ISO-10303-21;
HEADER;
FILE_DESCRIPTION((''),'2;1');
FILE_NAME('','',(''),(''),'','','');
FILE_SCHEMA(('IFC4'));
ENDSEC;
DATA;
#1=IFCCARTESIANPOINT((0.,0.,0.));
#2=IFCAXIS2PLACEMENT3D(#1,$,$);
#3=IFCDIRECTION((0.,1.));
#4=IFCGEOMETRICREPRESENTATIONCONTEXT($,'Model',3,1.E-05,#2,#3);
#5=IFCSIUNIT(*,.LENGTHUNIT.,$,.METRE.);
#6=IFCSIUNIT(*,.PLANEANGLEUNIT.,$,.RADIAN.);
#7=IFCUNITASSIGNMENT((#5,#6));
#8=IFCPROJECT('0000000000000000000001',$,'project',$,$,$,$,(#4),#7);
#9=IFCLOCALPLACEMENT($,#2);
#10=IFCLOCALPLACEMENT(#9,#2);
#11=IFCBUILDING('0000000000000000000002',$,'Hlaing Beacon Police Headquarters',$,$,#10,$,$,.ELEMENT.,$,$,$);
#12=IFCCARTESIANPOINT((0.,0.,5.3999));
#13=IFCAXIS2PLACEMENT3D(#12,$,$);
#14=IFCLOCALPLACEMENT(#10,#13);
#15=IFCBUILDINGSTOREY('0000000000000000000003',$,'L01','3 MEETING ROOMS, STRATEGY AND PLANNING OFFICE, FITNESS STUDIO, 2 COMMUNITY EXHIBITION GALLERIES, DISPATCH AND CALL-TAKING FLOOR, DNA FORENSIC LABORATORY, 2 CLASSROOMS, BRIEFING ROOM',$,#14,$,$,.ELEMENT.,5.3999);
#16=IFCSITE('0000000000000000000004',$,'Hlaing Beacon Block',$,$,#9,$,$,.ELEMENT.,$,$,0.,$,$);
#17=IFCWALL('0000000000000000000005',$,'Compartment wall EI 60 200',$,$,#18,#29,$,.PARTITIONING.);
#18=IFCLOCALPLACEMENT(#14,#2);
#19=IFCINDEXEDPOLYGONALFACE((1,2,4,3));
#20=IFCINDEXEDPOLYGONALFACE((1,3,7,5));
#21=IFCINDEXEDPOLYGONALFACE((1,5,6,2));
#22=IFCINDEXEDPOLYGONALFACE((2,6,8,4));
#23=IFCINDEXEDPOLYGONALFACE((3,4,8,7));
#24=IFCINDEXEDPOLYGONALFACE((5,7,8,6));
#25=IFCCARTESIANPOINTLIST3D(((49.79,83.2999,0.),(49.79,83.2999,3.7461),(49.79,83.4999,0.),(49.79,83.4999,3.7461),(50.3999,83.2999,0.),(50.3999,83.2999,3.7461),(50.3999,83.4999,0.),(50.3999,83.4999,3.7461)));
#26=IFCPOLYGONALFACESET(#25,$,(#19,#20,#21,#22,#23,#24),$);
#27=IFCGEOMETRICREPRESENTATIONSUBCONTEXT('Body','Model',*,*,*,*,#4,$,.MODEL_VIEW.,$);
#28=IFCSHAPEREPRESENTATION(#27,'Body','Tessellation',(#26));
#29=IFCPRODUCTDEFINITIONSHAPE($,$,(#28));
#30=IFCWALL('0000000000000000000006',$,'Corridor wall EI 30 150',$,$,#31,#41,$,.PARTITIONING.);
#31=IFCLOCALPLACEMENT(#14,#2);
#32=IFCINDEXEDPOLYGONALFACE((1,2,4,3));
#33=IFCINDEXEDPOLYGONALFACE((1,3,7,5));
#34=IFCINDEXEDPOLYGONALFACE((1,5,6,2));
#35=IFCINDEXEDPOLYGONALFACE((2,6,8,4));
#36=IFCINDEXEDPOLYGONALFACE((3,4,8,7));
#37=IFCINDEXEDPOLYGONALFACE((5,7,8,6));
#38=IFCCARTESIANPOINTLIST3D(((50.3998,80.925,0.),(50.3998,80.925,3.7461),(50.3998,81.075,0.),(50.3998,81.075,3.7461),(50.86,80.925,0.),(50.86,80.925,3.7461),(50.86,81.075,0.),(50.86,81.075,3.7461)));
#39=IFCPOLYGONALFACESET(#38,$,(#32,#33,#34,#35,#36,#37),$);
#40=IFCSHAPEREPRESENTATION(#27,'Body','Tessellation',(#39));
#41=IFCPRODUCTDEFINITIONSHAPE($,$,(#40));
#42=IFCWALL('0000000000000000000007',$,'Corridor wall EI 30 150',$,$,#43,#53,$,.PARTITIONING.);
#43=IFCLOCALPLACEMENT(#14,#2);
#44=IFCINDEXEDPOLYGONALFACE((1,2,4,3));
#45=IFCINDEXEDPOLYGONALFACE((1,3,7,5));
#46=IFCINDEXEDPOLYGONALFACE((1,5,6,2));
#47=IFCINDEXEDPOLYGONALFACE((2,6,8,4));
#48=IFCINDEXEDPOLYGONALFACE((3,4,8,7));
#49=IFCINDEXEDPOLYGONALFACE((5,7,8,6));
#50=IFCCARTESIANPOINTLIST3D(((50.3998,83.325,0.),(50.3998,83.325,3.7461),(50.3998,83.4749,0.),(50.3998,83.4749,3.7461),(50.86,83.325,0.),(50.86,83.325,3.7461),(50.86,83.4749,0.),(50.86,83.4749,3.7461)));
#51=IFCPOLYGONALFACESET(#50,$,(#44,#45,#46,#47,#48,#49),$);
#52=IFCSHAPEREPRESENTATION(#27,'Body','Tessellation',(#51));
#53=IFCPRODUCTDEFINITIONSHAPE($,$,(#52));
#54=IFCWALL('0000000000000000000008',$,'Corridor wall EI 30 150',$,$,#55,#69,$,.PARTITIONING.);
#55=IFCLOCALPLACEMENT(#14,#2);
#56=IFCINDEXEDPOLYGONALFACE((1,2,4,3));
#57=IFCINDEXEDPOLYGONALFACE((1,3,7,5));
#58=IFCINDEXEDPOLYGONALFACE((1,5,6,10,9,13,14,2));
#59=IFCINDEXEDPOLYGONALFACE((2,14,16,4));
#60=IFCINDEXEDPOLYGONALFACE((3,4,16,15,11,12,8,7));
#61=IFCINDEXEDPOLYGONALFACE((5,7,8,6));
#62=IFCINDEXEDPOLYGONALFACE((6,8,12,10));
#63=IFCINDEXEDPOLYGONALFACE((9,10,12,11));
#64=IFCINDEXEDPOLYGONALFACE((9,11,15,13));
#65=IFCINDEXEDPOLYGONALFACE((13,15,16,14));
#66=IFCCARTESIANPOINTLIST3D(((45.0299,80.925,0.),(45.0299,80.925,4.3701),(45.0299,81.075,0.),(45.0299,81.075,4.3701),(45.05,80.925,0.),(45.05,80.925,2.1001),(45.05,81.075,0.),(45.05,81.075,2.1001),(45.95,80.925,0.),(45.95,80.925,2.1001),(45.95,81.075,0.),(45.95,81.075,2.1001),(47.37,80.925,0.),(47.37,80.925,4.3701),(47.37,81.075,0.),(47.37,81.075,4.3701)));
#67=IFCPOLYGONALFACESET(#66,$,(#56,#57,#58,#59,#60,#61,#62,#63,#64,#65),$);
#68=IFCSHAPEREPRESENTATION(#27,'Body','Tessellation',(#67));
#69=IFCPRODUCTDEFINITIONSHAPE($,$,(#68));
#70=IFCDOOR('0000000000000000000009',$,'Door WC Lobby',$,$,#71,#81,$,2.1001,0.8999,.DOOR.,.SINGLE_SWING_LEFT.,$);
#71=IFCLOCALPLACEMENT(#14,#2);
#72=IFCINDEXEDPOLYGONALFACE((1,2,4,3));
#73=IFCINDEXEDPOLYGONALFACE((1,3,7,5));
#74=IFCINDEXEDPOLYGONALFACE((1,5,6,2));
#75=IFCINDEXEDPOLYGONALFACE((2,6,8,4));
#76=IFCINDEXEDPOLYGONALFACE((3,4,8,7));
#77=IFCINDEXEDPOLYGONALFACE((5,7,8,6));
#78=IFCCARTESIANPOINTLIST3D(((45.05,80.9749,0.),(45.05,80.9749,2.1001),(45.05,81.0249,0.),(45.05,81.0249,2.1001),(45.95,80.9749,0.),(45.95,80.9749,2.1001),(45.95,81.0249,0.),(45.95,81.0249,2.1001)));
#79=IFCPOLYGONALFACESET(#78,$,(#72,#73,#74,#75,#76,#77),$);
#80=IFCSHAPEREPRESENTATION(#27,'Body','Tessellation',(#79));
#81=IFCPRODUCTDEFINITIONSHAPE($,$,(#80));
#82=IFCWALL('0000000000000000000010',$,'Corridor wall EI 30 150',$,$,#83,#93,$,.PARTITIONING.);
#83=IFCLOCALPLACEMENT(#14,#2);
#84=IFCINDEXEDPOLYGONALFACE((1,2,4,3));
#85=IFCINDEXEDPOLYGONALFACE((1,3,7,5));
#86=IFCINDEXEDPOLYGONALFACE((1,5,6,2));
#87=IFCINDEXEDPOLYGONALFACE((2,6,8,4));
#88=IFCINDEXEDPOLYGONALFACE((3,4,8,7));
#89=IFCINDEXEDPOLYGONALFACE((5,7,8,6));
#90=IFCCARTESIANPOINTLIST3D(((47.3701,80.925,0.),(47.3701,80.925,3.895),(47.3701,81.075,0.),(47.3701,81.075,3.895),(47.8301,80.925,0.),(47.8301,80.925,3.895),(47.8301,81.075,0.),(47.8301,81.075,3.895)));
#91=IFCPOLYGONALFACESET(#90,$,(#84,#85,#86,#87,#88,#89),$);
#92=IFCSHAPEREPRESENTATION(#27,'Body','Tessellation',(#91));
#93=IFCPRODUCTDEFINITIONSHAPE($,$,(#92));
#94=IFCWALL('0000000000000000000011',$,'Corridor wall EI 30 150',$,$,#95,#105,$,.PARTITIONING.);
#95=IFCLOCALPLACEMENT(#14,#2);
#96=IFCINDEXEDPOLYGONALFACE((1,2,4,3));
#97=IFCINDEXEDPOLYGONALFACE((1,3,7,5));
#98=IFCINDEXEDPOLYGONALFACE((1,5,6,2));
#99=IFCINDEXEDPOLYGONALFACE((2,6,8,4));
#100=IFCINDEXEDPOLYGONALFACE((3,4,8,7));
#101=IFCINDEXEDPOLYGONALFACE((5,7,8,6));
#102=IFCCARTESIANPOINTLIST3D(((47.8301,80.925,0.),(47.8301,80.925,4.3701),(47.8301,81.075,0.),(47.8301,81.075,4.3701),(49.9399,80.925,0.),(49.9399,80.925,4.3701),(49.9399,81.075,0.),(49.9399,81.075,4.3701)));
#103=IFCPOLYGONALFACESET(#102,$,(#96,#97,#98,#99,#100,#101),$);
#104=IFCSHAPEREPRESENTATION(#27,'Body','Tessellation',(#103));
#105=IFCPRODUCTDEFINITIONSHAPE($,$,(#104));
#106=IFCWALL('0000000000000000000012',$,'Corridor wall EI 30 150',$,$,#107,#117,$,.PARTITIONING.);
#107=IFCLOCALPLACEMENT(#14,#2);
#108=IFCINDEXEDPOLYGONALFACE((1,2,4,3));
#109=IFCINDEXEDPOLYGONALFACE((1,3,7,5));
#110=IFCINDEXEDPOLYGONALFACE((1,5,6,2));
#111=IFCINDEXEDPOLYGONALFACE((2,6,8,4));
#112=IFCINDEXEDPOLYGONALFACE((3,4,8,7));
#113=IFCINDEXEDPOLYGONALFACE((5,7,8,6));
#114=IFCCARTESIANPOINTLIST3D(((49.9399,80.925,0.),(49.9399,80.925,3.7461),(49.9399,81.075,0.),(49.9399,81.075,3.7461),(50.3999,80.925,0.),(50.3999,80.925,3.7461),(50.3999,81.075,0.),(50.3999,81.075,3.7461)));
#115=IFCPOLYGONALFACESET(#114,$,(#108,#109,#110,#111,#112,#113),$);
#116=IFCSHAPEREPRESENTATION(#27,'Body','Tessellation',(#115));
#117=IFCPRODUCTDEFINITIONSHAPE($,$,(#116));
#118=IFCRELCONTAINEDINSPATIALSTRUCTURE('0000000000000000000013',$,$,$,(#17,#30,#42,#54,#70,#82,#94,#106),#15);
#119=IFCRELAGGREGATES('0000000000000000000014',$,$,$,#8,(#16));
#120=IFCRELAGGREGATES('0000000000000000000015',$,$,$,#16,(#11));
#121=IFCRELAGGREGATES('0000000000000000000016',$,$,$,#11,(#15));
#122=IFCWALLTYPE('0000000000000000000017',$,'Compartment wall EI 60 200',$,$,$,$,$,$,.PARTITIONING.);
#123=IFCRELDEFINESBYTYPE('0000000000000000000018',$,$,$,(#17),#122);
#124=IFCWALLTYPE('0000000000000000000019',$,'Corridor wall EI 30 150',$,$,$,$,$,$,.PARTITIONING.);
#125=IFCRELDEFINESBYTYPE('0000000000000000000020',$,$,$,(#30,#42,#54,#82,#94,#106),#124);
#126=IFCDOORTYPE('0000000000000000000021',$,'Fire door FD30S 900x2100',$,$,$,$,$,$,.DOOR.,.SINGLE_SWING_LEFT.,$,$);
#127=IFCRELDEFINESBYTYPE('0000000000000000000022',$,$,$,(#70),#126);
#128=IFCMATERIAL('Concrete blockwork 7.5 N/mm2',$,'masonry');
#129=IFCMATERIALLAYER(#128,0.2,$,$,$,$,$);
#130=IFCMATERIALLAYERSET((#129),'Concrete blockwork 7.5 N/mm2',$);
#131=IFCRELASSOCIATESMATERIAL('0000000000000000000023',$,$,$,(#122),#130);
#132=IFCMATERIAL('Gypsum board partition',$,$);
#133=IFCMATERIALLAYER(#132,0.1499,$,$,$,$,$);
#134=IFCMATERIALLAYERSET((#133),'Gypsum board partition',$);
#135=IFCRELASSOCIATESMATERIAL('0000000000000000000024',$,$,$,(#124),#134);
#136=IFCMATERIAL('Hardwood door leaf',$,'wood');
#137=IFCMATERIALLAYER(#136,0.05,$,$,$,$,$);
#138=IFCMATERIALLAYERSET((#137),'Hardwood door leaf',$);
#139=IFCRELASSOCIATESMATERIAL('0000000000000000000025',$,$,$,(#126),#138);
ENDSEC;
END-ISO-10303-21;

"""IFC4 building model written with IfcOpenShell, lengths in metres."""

from ifc_helpers import new_model, si_unit, direction, frame, frame_2d, origin, place, context, subcontext, project, spatial, rectangle, extrude, material, layer, layer_set, type_object, element, fill, save


model = new_model("IFC4")

# Units and contexts
model_context = context("Model", 3, precision=1e-05, world=origin(), true_north=direction((0.0, 1.0)))
body_context = subcontext(model_context, "Body", "Model", "MODEL_VIEW")
ifc_project = project(units=[si_unit("LENGTHUNIT", "METRE"), si_unit("PLANEANGLEUNIT", "RADIAN")], contexts=[model_context])

# Site, building, storey
site_placement = place(None, origin())
site = spatial("IfcSite", under=ifc_project, at=site_placement, Name="Hlaing Beacon Block", CompositionType="ELEMENT", RefElevation=0.0)
building_placement = place(site_placement, origin())
building = spatial("IfcBuilding", under=site, at=building_placement, Name="Hlaing Beacon Police Headquarters", CompositionType="ELEMENT")
storey_placement = place(building_placement, frame((0.0, 0.0, 5.3999)))
storey = spatial("IfcBuildingStorey", under=building, at=storey_placement, Name="L01", Description="3 MEETING ROOMS, STRATEGY AND PLANNING OFFICE, FITNESS STUDIO, 2 COMMUNITY EXHIBITION GALLERIES, DISPATCH AND CALL-TAKING FLOOR, DNA FORENSIC LABORATORY, 2 CLASSROOMS, BRIEFING ROOM", CompositionType="ELEMENT", Elevation=5.3999)

# Shared definitions
ifc_material_1 = material(Name="Concrete blockwork 7.5 N/mm2", Category="masonry")
ifc_layer_1 = layer(ifc_material_1, 0.2)
ifc_layer_set_1 = layer_set([ifc_layer_1], Name="Concrete blockwork 7.5 N/mm2")
wall_type_1 = type_object("IfcWallType", Name="Compartment wall EI 60 200", PredefinedType="PARTITIONING", material=ifc_layer_set_1)

# Walls
wall_1_placement = place(storey_placement, frame((49.79, 83.3999, 0.0), z_axis=(0.0, 0.0, 1.0), x_axis=(1.0, 0.0, 0.0)))
element("IfcWall", 1, at=wall_1_placement, inside=storey, type_object=wall_type_1, Name="Compartment wall EI 60 200", PredefinedType="PARTITIONING", context=body_context, shape_type="SweptSolid", body=[
    extrude(rectangle(XDim=0.6099, YDim=0.2, at=frame_2d((0.3049, 0.0))), origin(), (0.0, 0.0, 1.0), 3.7461),
])
ifc_material_2 = material(Name="Gypsum board partition")
ifc_layer_2 = layer(ifc_material_2, 0.1499)
ifc_layer_set_2 = layer_set([ifc_layer_2], Name="Gypsum board partition")
wall_type_2 = type_object("IfcWallType", Name="Corridor wall EI 30 150", PredefinedType="PARTITIONING", material=ifc_layer_set_2)
for number, where, z_axis, x_axis, name in (
    (2, (50.3999, 81.0, 0.0), (0.0, 0.0, 1.0), (1.0, 0.0, 0.0), "Corridor wall EI 30 150"),
    (3, (50.3999, 83.3999, 0.0), (0.0, 0.0, 1.0), (1.0, 0.0, 0.0), "Corridor wall EI 30 150"),
):
    element("IfcWall", number, at=place(storey_placement, frame(where, z_axis=z_axis, x_axis=x_axis)), inside=storey, type_object=wall_type_2, Name=name, PredefinedType="PARTITIONING", context=body_context, shape_type="SweptSolid", body=[
        extrude(rectangle(XDim=0.4602, YDim=0.1499, at=frame_2d((0.23, 0.0))), origin(), (0.0, 0.0, 1.0), 3.7461),
    ])

# Wall, opening, door
wall_2_placement = place(storey_placement, frame((45.03, 81.0, 0.0), z_axis=(0.0, 0.0, 1.0), x_axis=(1.0, 0.0, 0.0)))
wall_2 = element("IfcWall", 4, at=wall_2_placement, inside=storey, type_object=wall_type_2, Name="Corridor wall EI 30 150", PredefinedType="PARTITIONING", context=body_context, shape_type="SweptSolid", body=[
    extrude(rectangle(XDim=2.3401, YDim=0.1499, at=frame_2d((1.1699, 0.0))), origin(), (0.0, 0.0, 1.0), 4.3701),
])
opening_1_placement = place(wall_2_placement, frame((0.02, 0.0, 0.0)))
opening_1 = element("IfcOpeningElement", 5, at=opening_1_placement, cuts=wall_2, PredefinedType="OPENING", context=body_context, shape_type="SweptSolid", body=[
    extrude(rectangle(XDim=0.8999, YDim=2.1001, at=frame_2d((0.45, 1.05))), frame((0.0, 0.085, 0.0), z_axis=(0.0, -1.0, 0.0), x_axis=(1.0, 0.0, 0.0)), (0.0, 0.0, 1.0), 0.1699),
])
ifc_material_3 = material(Name="Hardwood door leaf", Category="wood")
ifc_layer_3 = layer(ifc_material_3, 0.05)
ifc_layer_set_3 = layer_set([ifc_layer_3], Name="Hardwood door leaf")
door_type_1 = type_object("IfcDoorType", Name="Fire door FD30S 900x2100", OperationType="SINGLE_SWING_LEFT", PredefinedType="DOOR", material=ifc_layer_set_3)
door_1_placement = place(opening_1_placement, frame((0.8999, 0.0, 0.0), z_axis=(0.0, 0.0, 1.0), x_axis=(-1.0, 0.0, 0.0)))
door_1 = element("IfcDoor", 6, at=door_1_placement, inside=storey, type_object=door_type_1, Name="Door WC Lobby", OperationType="SINGLE_SWING_LEFT", OverallHeight=2.1001, OverallWidth=0.8999, PredefinedType="DOOR", context=body_context, shape_type="SweptSolid", body=[
    extrude(rectangle(XDim=0.8999, YDim=2.1001, at=frame_2d((0.45, 1.05))), frame((0.0, 0.0251, 0.0), z_axis=(0.0, -1.0, 0.0), x_axis=(1.0, 0.0, 0.0)), (0.0, 0.0, 1.0), 0.05),
])
fill(opening_1, door_1)

# Walls
wall_3_placement = place(storey_placement, frame((47.3701, 81.0, 0.0), z_axis=(0.0, 0.0, 1.0), x_axis=(1.0, 0.0, 0.0)))
element("IfcWall", 7, at=wall_3_placement, inside=storey, type_object=wall_type_2, Name="Corridor wall EI 30 150", PredefinedType="PARTITIONING", context=body_context, shape_type="SweptSolid", body=[
    extrude(rectangle(XDim=0.46, YDim=0.1499, at=frame_2d((0.23, 0.0))), origin(), (0.0, 0.0, 1.0), 3.895),
])
wall_4_placement = place(storey_placement, frame((47.8301, 81.0, 0.0), z_axis=(0.0, 0.0, 1.0), x_axis=(1.0, 0.0, 0.0)))
element("IfcWall", 8, at=wall_4_placement, inside=storey, type_object=wall_type_2, Name="Corridor wall EI 30 150", PredefinedType="PARTITIONING", context=body_context, shape_type="SweptSolid", body=[
    extrude(rectangle(XDim=2.1099, YDim=0.1499, at=frame_2d((1.0549, 0.0))), origin(), (0.0, 0.0, 1.0), 4.3701),
])
wall_5_placement = place(storey_placement, frame((49.9399, 81.0, 0.0), z_axis=(0.0, 0.0, 1.0), x_axis=(1.0, 0.0, 0.0)))
element("IfcWall", 9, at=wall_5_placement, inside=storey, type_object=wall_type_2, Name="Corridor wall EI 30 150", PredefinedType="PARTITIONING", context=body_context, shape_type="SweptSolid", body=[
    extrude(rectangle(XDim=0.46, YDim=0.1499, at=frame_2d((0.23, 0.0))), origin(), (0.0, 0.0, 1.0), 3.7461),
])

save(model, "model.ifc")
